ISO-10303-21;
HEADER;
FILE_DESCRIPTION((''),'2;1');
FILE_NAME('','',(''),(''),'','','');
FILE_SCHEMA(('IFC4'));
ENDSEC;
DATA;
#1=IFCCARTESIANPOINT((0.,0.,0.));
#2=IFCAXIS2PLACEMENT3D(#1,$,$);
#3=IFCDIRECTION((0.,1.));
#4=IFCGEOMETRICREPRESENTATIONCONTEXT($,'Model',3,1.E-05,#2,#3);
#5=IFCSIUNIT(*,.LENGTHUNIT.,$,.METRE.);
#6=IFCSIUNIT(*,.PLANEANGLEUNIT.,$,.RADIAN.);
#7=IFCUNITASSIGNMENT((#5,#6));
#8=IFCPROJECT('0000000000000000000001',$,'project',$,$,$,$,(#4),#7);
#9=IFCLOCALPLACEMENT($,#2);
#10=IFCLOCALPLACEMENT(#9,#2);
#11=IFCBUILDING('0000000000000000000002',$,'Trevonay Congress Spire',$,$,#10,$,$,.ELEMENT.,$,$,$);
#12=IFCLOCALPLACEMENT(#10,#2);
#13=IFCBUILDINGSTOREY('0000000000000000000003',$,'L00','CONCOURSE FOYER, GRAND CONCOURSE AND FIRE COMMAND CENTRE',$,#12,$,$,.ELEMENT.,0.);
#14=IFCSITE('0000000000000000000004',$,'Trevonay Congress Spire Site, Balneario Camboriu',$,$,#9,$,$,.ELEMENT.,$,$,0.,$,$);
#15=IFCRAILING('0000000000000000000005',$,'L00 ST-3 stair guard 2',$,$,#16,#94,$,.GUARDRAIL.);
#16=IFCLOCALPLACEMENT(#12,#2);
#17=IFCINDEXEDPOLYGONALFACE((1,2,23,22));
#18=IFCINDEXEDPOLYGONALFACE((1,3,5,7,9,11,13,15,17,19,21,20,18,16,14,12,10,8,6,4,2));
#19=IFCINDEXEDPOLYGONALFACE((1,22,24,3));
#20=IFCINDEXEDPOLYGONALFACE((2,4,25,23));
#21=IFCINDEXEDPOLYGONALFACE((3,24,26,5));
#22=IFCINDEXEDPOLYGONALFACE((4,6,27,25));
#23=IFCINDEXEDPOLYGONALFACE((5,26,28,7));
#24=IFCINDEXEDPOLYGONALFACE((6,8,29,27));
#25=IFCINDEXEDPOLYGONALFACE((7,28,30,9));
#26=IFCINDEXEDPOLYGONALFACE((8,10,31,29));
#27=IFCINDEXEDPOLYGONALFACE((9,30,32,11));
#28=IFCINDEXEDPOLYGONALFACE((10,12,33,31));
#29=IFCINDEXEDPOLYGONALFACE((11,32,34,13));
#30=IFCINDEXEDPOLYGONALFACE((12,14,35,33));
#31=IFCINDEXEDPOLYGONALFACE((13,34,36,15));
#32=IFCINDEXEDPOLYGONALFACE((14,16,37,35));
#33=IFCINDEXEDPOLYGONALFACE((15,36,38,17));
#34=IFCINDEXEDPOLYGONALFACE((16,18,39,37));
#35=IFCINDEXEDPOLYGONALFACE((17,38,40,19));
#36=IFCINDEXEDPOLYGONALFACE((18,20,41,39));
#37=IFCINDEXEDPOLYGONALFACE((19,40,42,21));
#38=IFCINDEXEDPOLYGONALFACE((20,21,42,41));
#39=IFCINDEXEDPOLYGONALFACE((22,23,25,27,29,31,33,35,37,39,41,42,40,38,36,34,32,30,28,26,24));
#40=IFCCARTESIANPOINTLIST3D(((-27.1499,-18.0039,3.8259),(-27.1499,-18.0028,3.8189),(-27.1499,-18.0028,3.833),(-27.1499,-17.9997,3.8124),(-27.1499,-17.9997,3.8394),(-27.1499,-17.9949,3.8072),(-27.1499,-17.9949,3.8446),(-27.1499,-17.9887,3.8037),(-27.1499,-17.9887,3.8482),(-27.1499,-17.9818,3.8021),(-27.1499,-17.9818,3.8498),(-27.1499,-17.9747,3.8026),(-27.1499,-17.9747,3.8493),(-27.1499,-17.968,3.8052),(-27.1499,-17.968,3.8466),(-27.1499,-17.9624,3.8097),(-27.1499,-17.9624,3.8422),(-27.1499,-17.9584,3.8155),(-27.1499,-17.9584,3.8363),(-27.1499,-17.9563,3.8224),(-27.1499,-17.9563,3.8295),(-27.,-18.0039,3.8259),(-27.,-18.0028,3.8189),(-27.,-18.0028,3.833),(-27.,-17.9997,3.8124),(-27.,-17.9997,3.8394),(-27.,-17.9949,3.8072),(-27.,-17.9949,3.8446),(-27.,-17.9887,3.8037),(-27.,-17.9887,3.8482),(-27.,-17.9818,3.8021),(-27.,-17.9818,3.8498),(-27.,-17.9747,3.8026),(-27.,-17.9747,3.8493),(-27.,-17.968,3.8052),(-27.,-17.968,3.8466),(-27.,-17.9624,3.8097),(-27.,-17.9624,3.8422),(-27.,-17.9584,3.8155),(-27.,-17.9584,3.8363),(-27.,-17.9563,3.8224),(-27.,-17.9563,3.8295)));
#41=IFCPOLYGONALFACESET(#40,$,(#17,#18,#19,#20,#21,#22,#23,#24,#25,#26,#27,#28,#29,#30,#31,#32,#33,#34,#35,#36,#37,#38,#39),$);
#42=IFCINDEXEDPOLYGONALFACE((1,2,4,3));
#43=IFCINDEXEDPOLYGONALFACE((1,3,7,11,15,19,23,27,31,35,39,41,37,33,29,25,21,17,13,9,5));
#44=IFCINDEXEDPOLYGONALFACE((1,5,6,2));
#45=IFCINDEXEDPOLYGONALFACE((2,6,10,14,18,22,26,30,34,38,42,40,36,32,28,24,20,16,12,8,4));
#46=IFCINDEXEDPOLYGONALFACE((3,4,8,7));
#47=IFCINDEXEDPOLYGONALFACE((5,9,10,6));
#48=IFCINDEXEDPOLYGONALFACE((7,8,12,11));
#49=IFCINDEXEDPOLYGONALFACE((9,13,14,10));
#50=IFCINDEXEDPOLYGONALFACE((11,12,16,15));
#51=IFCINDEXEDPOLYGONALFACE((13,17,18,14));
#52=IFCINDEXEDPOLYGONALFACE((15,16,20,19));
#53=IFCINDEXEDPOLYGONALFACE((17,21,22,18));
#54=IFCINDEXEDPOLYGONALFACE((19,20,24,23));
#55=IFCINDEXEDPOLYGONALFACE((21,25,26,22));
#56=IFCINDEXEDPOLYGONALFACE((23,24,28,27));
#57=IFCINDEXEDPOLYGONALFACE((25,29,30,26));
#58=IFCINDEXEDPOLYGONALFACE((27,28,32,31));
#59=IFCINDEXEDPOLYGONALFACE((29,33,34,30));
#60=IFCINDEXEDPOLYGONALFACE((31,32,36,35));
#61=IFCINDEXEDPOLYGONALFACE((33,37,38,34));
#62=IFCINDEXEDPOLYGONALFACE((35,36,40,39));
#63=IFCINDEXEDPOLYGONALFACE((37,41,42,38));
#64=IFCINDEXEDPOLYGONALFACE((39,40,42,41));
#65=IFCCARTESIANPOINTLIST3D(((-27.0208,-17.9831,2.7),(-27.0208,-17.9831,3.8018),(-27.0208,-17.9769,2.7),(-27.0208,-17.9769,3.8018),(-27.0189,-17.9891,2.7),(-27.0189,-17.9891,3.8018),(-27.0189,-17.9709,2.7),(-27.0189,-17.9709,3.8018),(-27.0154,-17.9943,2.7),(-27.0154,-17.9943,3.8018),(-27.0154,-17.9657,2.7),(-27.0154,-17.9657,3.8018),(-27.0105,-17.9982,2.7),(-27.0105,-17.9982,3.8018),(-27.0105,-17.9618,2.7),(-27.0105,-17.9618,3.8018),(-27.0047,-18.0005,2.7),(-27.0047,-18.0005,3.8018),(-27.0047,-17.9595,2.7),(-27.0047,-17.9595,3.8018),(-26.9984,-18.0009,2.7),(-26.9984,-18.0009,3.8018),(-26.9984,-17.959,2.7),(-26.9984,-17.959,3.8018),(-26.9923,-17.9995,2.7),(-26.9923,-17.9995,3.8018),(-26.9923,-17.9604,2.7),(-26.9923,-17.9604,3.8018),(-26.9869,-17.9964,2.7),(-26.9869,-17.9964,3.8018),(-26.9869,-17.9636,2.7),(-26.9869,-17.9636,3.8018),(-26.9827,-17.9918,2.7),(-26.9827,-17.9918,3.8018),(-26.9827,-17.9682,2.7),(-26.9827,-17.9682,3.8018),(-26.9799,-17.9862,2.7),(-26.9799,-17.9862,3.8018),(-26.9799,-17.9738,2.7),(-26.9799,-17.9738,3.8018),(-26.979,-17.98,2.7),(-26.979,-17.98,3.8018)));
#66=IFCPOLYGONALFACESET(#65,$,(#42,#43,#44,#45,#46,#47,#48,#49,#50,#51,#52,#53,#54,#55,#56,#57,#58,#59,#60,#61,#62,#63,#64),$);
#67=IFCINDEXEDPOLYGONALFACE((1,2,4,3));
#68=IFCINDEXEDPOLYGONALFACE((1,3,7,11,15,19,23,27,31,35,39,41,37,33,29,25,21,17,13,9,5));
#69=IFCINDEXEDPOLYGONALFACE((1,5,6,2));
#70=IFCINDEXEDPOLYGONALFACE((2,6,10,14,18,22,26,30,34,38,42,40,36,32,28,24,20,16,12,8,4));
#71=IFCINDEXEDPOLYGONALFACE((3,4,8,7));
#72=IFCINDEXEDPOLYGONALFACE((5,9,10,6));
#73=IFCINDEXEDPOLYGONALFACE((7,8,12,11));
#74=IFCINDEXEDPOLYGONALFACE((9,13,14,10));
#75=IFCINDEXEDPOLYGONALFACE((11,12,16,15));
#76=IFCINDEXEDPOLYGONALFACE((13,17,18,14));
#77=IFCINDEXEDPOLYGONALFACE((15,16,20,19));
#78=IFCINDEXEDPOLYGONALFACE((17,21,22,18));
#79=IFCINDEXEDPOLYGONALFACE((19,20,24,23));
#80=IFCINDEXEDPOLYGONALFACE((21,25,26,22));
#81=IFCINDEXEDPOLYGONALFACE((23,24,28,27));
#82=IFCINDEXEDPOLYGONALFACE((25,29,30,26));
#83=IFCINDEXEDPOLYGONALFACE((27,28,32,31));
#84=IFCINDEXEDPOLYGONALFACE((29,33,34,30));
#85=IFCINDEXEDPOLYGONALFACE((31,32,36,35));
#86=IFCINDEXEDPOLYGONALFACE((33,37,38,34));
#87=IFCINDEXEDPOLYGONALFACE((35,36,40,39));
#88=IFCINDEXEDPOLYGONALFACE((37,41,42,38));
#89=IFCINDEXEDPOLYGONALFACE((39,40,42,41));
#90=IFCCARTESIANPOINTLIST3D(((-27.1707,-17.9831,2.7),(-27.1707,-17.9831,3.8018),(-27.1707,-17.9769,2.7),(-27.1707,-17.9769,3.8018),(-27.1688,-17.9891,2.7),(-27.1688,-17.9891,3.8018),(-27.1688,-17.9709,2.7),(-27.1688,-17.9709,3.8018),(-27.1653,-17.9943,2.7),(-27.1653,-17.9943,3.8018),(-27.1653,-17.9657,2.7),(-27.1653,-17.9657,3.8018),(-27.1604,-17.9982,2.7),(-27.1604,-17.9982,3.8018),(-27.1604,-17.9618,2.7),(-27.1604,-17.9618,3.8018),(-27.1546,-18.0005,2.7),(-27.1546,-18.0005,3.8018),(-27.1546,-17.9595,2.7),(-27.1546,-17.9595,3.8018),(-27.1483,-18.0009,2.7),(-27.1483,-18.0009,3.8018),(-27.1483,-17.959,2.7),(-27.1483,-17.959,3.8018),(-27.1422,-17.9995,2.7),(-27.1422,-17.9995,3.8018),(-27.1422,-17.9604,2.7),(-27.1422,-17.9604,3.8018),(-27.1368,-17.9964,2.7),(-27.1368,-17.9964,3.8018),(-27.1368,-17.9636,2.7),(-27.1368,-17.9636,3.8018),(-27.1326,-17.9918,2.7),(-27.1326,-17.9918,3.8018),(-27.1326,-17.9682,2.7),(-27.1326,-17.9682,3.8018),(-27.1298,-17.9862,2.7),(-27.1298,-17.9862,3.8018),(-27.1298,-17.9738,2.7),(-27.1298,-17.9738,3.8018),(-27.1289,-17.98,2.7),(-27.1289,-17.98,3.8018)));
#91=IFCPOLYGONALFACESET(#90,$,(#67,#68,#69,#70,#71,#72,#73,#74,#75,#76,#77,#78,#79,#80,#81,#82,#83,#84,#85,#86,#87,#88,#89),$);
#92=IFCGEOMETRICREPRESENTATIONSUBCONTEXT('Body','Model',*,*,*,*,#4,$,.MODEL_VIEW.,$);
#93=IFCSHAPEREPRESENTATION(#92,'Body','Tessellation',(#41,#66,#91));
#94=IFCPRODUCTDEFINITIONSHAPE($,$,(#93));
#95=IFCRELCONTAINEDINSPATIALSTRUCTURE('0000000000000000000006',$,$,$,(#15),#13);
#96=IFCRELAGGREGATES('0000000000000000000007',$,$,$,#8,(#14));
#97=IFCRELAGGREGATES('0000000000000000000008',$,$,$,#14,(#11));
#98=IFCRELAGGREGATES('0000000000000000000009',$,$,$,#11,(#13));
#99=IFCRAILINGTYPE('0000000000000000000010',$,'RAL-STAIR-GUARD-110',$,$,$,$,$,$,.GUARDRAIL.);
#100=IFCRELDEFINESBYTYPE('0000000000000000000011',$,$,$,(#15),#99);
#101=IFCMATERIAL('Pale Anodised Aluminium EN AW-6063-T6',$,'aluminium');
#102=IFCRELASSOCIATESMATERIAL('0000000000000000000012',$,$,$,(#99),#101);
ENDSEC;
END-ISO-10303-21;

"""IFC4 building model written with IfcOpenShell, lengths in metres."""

from ifc_helpers import new_model, si_unit, direction, frame, origin, origin_2d, place, context, subcontext, project, spatial, circle, extrude, material, type_object, element, save


model = new_model("IFC4")

# Units and contexts
model_context = context("Model", 3, precision=1e-05, world=origin(), true_north=direction((0.0, 1.0)))
body_context = subcontext(model_context, "Body", "Model", "MODEL_VIEW")
ifc_project = project(units=[si_unit("LENGTHUNIT", "METRE"), si_unit("PLANEANGLEUNIT", "RADIAN")], contexts=[model_context])

# Site, building, storey
site_placement = place(None, origin())
site = spatial("IfcSite", under=ifc_project, at=site_placement, Name="Trevonay Congress Spire Site, Balneario Camboriu", CompositionType="ELEMENT", RefElevation=0.0)
building_placement = place(site_placement, origin())
building = spatial("IfcBuilding", under=site, at=building_placement, Name="Trevonay Congress Spire", CompositionType="ELEMENT")
storey_placement = place(building_placement, origin())
storey = spatial("IfcBuildingStorey", under=building, at=storey_placement, Name="L00", Description="CONCOURSE FOYER, GRAND CONCOURSE AND FIRE COMMAND CENTRE", CompositionType="ELEMENT", Elevation=0.0)

# Shared definitions
ifc_material_1 = material(Name="Pale Anodised Aluminium EN AW-6063-T6", Category="aluminium")

# Railing
railing_type_1 = type_object("IfcRailingType", Name="RAL-STAIR-GUARD-110", PredefinedType="GUARDRAIL", material=ifc_material_1)
railing_1_placement = place(storey_placement, frame((-27.0, -17.98, 2.7)))
element("IfcRailing", 1, at=railing_1_placement, inside=storey, type_object=railing_type_1, Name="L00 ST-3 stair guard 2", PredefinedType="GUARDRAIL", context=body_context, shape_type="SweptSolid", body=[
    extrude(circle(Radius=0.0239, at=origin_2d()), frame((0.0, 0.0, 1.126), z_axis=(-1.0, 0.0, 0.0), x_axis=(0.0, -1.0, 0.0)), (0.0, 0.0, 1.0), 0.1499),
    extrude(circle(Radius=0.021, at=origin_2d()), origin(), (0.0, 0.0, 1.0), 1.1018),
    extrude(circle(Radius=0.021, at=origin_2d()), frame((-0.1499, 0.0, 0.0)), (0.0, 0.0, 1.0), 1.1018),
])

save(model, "model.ifc")
